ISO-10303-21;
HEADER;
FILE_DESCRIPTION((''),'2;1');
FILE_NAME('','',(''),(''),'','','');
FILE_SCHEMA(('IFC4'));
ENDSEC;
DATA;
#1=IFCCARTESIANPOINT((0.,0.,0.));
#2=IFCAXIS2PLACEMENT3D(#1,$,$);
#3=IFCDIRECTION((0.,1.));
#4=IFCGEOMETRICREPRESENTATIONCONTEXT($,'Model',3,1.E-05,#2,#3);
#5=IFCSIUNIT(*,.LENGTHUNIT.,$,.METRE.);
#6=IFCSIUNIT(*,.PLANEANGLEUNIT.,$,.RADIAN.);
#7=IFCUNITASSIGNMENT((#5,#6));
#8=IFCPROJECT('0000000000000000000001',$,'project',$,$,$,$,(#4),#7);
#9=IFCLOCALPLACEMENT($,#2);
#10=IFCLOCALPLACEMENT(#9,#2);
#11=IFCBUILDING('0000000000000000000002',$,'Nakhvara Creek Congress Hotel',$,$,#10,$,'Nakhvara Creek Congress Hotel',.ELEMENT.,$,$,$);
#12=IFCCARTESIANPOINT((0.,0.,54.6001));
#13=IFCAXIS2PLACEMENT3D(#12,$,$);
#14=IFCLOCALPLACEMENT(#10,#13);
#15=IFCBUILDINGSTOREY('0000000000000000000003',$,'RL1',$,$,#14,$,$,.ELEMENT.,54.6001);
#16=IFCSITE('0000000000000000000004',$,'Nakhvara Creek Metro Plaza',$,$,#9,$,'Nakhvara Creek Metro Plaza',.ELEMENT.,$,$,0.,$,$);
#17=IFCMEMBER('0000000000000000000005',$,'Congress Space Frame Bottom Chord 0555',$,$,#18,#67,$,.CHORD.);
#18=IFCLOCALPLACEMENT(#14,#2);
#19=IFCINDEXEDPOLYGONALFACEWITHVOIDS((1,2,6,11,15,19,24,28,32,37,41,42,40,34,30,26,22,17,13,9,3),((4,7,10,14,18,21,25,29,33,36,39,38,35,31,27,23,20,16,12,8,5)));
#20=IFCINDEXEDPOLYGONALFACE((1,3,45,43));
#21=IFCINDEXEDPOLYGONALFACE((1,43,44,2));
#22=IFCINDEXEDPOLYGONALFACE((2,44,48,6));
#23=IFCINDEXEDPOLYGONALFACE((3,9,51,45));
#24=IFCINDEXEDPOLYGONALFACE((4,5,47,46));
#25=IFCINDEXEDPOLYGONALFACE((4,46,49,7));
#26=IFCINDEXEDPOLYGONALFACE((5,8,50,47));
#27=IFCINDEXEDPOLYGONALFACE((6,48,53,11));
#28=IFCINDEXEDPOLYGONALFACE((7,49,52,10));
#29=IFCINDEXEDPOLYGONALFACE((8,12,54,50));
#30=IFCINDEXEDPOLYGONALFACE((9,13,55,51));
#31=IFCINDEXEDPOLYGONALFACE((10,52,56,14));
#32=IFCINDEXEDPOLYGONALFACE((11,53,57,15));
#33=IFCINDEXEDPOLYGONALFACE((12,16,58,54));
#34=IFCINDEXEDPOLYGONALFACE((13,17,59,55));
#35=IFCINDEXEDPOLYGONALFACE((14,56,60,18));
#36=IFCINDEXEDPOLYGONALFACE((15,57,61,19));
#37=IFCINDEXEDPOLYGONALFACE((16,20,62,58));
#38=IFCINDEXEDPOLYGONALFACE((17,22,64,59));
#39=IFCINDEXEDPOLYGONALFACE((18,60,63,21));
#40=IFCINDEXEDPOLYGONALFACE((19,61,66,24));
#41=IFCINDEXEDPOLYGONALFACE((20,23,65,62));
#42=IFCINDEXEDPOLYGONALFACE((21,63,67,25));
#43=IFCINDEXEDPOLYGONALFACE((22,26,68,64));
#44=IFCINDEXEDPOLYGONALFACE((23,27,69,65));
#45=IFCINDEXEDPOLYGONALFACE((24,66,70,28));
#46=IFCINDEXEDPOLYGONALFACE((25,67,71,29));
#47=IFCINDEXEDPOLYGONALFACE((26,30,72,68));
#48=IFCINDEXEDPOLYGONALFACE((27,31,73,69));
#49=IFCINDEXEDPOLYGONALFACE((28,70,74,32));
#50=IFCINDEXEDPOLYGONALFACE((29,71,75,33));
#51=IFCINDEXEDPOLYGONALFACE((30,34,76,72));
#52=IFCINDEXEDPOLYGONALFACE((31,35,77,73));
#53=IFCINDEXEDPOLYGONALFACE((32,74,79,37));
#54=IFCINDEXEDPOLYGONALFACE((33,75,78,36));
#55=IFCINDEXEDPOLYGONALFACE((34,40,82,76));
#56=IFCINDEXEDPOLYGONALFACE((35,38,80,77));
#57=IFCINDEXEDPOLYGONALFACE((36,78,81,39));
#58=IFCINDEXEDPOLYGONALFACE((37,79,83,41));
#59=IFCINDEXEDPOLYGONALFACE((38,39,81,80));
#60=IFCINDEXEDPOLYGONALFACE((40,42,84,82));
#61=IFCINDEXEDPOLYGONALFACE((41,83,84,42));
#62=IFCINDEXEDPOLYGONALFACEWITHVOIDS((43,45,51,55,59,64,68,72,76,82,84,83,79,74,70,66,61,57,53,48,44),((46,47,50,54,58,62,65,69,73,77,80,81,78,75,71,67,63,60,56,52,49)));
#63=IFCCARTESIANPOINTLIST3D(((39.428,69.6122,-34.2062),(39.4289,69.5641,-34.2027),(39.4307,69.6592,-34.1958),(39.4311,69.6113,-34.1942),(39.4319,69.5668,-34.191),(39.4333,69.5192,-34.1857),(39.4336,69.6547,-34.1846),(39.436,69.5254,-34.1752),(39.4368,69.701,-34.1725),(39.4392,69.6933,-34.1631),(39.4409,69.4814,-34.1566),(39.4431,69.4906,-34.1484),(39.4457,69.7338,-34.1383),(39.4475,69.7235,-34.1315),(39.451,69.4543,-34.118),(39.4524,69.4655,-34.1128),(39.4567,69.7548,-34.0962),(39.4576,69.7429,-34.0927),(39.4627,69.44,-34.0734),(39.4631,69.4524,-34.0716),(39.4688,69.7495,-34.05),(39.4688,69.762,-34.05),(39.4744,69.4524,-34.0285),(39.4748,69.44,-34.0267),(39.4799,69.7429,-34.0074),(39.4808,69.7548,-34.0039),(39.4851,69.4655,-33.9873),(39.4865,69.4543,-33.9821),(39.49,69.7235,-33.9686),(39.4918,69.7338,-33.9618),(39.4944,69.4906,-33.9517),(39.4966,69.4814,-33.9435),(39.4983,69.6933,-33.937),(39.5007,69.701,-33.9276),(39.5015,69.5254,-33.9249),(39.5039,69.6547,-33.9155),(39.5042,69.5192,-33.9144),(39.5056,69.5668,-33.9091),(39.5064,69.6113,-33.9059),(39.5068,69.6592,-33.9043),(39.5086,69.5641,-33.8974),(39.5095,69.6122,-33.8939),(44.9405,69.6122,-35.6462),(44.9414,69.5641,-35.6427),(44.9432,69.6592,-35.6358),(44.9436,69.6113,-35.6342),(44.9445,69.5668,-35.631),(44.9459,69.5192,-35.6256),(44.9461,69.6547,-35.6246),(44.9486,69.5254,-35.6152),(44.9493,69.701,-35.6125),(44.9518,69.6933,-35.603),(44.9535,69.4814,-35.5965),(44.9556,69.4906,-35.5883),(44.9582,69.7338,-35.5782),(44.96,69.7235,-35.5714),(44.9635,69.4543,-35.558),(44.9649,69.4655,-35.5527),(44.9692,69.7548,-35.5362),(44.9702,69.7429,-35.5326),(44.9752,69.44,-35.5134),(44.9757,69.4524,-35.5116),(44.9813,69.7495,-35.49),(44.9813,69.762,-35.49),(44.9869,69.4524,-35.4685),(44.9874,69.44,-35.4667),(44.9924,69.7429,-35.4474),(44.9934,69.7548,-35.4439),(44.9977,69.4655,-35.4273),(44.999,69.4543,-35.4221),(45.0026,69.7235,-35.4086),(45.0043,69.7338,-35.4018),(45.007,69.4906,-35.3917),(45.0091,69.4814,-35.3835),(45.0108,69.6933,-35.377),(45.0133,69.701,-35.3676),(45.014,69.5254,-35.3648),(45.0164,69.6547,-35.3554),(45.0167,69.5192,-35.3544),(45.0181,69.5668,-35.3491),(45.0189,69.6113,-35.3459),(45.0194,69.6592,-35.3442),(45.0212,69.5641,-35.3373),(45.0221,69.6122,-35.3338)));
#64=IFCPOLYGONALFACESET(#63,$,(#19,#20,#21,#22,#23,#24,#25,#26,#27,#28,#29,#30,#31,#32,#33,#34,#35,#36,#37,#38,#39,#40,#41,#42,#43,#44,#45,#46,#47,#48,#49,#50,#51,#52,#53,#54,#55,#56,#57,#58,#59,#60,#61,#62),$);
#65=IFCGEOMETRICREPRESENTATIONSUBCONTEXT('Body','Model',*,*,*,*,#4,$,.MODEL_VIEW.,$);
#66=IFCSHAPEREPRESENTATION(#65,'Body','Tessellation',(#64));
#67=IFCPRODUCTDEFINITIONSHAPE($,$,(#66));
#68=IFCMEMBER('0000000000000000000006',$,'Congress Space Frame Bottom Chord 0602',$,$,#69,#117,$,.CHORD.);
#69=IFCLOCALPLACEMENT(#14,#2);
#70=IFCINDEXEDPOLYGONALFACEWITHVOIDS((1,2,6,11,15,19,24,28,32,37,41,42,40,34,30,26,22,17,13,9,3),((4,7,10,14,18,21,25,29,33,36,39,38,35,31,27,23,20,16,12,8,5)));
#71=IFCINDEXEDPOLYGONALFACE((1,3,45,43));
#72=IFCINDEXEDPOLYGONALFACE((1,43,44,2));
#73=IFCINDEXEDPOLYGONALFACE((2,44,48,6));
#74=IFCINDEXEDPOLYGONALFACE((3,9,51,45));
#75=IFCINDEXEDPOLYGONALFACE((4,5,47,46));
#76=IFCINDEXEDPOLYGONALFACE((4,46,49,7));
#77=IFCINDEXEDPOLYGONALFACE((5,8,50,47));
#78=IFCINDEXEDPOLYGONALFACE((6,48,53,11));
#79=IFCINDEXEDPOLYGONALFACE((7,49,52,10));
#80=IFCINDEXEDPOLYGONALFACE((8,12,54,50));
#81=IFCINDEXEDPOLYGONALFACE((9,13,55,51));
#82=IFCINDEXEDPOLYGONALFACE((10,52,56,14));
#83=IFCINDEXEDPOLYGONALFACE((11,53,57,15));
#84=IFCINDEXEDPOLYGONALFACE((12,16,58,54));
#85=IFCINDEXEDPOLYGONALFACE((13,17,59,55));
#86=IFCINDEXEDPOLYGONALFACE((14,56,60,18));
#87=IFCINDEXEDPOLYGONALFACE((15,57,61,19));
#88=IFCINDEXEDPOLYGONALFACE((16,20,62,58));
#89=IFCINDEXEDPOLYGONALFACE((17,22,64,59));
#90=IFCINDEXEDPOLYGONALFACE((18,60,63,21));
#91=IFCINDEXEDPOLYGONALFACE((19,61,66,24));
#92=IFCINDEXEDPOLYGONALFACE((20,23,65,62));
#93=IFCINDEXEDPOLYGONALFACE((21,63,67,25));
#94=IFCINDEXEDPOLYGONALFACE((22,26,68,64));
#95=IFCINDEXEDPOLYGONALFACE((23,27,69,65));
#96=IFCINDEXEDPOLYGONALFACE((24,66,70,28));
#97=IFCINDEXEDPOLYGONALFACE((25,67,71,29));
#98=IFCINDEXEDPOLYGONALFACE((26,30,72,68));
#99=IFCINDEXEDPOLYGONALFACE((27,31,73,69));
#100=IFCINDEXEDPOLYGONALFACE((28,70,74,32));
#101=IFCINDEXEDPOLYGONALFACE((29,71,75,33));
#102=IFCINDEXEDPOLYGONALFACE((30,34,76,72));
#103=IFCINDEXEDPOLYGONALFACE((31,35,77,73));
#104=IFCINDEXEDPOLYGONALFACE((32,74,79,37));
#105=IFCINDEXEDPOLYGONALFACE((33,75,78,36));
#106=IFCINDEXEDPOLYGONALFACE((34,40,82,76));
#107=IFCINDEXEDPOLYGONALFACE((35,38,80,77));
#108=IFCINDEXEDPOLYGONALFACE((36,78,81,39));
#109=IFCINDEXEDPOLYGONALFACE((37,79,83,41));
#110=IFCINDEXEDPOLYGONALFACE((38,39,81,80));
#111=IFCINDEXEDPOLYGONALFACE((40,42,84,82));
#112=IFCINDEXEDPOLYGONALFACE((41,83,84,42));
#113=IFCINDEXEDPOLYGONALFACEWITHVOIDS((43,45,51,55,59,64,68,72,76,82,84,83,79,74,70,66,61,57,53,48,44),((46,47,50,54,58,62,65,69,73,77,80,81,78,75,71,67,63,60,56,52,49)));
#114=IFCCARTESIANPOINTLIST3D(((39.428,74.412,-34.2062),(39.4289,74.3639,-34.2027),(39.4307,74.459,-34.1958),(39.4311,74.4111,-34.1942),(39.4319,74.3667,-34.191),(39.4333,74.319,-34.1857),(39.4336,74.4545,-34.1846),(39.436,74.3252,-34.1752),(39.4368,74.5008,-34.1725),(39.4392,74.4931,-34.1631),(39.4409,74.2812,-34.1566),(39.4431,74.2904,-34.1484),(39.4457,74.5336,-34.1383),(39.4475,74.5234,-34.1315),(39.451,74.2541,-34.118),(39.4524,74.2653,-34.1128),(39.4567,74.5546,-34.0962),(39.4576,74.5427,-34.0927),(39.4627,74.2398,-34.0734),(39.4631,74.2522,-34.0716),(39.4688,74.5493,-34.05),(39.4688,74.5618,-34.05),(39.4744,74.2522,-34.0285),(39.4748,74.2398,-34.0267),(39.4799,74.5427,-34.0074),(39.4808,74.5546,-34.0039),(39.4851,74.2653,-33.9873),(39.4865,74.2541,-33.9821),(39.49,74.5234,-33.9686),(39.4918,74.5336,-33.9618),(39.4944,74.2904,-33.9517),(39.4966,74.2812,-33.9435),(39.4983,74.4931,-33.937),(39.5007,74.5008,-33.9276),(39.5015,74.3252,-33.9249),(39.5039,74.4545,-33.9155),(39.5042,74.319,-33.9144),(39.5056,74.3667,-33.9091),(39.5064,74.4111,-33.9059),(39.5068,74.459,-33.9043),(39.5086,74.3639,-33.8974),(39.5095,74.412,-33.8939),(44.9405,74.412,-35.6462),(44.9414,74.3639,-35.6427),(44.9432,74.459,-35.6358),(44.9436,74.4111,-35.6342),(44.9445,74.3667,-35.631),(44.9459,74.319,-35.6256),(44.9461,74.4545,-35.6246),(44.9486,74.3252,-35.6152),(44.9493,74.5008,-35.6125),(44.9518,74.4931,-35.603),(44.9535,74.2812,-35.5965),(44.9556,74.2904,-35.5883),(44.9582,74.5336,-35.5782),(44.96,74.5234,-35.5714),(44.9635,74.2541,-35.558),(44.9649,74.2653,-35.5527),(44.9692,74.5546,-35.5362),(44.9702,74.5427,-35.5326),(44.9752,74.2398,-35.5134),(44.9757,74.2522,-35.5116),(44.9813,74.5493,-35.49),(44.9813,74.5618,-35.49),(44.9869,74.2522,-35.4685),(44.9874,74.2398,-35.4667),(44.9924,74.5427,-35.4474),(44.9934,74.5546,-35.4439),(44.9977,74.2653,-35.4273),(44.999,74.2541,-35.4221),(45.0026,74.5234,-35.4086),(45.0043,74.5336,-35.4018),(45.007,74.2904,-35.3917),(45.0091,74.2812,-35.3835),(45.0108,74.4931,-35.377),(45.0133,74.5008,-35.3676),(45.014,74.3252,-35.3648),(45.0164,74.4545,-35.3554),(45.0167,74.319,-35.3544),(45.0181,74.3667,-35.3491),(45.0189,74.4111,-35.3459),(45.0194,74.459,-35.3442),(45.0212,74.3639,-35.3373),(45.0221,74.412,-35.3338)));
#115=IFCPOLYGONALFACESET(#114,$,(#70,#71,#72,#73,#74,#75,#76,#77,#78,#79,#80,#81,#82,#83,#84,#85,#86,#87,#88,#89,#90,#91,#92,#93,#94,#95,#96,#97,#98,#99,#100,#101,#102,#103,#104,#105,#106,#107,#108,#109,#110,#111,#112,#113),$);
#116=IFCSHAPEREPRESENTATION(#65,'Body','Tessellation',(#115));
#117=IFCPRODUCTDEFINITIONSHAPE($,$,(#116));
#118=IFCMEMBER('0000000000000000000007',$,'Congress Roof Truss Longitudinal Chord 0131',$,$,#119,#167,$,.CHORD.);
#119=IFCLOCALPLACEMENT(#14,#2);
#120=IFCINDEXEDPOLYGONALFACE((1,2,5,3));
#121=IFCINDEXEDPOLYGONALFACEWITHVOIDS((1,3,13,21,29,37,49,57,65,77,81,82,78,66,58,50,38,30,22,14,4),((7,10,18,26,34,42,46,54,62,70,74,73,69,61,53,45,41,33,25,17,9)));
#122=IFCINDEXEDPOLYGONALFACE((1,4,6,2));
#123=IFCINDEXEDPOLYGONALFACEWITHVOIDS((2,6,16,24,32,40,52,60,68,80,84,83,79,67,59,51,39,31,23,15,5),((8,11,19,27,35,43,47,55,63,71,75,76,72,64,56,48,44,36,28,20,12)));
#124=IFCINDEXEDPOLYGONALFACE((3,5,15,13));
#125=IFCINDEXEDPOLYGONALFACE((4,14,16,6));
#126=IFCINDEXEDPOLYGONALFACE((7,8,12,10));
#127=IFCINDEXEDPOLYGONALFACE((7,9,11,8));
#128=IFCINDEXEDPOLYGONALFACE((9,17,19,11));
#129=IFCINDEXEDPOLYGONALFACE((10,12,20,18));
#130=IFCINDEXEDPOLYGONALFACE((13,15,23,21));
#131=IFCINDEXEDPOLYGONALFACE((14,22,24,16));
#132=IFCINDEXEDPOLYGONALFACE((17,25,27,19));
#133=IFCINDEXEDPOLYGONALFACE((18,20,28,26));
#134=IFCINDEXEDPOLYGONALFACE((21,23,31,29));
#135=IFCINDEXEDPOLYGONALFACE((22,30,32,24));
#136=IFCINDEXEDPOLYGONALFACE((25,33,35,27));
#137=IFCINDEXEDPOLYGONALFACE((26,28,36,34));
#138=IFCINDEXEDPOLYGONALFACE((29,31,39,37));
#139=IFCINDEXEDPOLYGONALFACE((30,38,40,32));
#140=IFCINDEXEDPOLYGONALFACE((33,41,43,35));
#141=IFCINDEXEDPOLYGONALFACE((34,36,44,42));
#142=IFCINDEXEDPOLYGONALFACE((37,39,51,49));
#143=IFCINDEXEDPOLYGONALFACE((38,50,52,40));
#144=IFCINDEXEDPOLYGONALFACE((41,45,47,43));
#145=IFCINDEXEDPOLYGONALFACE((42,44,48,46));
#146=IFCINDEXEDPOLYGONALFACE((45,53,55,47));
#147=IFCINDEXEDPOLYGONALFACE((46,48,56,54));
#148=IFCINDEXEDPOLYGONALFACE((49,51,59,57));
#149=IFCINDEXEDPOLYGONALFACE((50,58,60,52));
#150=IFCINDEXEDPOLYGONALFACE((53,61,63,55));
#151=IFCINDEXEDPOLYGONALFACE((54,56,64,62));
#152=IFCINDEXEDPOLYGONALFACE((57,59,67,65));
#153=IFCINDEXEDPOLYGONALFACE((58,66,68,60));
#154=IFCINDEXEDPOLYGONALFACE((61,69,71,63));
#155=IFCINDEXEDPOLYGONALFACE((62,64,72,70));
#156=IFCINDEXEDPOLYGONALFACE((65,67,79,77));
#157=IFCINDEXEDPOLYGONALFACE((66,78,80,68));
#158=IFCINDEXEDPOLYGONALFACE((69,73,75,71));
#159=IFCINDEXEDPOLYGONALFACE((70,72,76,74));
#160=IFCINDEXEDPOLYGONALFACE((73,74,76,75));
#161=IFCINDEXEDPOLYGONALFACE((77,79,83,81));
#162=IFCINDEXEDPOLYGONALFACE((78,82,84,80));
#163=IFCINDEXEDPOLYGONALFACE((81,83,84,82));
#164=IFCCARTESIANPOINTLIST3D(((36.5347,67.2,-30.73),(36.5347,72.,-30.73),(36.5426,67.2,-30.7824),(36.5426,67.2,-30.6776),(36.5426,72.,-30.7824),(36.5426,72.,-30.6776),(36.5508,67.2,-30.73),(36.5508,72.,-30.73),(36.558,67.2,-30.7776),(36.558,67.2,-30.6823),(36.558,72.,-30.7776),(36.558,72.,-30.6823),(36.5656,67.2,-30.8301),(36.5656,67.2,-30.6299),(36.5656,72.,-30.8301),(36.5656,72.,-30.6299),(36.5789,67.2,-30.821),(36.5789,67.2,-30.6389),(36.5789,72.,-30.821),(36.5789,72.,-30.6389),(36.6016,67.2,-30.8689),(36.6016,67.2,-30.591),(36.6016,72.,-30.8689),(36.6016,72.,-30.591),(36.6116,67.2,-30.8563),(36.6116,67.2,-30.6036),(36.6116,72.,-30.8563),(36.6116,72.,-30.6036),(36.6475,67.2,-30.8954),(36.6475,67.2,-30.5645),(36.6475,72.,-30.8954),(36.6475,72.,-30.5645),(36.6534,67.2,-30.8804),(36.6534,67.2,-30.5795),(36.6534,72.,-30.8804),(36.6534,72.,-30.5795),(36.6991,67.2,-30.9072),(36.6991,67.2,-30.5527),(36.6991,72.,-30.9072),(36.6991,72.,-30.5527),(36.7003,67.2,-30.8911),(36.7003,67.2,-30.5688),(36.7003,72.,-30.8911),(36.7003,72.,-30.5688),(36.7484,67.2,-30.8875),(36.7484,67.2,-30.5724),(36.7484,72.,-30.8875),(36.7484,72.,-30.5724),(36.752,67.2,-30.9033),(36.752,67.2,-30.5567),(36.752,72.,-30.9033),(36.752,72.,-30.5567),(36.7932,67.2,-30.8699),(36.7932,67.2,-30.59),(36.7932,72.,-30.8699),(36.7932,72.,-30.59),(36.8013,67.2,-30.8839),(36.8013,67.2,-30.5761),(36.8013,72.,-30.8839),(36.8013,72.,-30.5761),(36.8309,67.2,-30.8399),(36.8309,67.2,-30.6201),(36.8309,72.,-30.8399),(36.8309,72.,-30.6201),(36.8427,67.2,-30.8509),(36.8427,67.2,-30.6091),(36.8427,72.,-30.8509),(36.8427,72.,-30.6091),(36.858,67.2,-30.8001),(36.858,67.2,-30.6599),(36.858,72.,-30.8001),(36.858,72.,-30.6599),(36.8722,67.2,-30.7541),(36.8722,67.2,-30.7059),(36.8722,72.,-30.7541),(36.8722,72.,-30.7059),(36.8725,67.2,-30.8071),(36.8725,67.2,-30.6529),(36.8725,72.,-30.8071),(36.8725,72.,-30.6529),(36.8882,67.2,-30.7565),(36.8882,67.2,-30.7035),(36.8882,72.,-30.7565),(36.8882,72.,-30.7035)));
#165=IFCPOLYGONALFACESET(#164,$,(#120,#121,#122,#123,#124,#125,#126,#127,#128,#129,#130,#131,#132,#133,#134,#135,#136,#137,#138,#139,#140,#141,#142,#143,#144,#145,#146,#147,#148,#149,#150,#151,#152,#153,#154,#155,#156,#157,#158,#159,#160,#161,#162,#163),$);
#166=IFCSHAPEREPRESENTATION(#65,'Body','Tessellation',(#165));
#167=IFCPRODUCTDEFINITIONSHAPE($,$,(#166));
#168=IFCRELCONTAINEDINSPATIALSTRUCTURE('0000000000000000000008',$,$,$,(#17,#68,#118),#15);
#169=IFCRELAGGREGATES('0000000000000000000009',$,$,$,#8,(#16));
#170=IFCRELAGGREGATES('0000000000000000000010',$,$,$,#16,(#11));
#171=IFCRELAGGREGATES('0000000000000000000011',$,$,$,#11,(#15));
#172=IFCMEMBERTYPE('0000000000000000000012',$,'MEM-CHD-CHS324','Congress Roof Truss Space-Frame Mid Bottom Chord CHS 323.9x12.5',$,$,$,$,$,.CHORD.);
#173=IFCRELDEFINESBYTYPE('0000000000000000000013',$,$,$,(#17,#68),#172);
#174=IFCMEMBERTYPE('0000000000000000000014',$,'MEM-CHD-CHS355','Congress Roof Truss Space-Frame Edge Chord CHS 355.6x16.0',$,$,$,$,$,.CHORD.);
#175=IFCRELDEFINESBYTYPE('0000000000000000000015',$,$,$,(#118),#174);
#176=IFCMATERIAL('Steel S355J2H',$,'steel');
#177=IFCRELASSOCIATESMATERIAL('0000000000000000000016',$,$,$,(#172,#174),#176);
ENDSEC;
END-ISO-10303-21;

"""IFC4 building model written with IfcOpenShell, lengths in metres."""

from ifc_helpers import new_model, si_unit, direction, frame, origin, origin_2d, place, context, subcontext, project, spatial, hollow_circle, extrude, material, material_profile, profile_set, type_object, element, save


model = new_model("IFC4")

# Units and contexts
model_context = context("Model", 3, precision=1e-05, world=origin(), true_north=direction((0.0, 1.0)))
body_context = subcontext(model_context, "Body", "Model", "MODEL_VIEW")
ifc_project = project(units=[si_unit("LENGTHUNIT", "METRE"), si_unit("PLANEANGLEUNIT", "RADIAN")], contexts=[model_context])

# Site, building, storey
site_placement = place(None, origin())
site = spatial("IfcSite", under=ifc_project, at=site_placement, Name="Nakhvara Creek Metro Plaza", LongName="Nakhvara Creek Metro Plaza", CompositionType="ELEMENT", RefElevation=0.0)
building_placement = place(site_placement, origin())
building = spatial("IfcBuilding", under=site, at=building_placement, Name="Nakhvara Creek Congress Hotel", LongName="Nakhvara Creek Congress Hotel", CompositionType="ELEMENT")
storey_placement = place(building_placement, frame((0.0, 0.0, 54.6001)))
storey = spatial("IfcBuildingStorey", under=building, at=storey_placement, Name="RL1", CompositionType="ELEMENT", Elevation=54.6001)

# Members
ifc_material_1 = material(Name="Steel S355J2H", Category="steel")
ifc_material_profile_1 = material_profile(ifc_material_1, hollow_circle(Radius=0.1619, WallThickness=0.0125, at=origin_2d()), Name="CHS 323.9x12.5", Category="LoadBearing")
ifc_profile_set_1 = profile_set([ifc_material_profile_1], Name="Steel S355J2H")
member_type_1 = type_object("IfcMemberType", Name="MEM-CHD-CHS324", Description="Congress Roof Truss Space-Frame Mid Bottom Chord CHS 323.9x12.5", PredefinedType="CHORD", material=ifc_profile_set_1)
for number, where, z_axis, x_axis, name in (
    (1, (39.4688, 69.6001, -34.05), (0.967535, 0.0, -0.252736), (0.0, 1.0, 0.0), "Congress Space Frame Bottom Chord 0555"),
    (2, (39.4688, 74.3999, -34.05), (0.967535, 0.0, -0.252736), (0.0, 1.0, 0.0), "Congress Space Frame Bottom Chord 0602"),
):
    element("IfcMember", number, at=place(storey_placement, frame(where, z_axis=z_axis, x_axis=x_axis)), inside=storey, type_object=member_type_1, Name=name, PredefinedType="CHORD", context=body_context, shape_type="SweptSolid", body=[
        extrude(hollow_circle(Radius=0.1619, WallThickness=0.0125, at=origin_2d()), origin(), (0.0, 0.0, 1.0), 5.6975),
    ])
ifc_material_profile_2 = material_profile(ifc_material_1, hollow_circle(Radius=0.1777, WallThickness=0.0161, at=origin_2d()), Name="CHS 355.6x16.0", Category="LoadBearing")
ifc_profile_set_2 = profile_set([ifc_material_profile_2], Name="Steel S355J2H")
member_type_2 = type_object("IfcMemberType", Name="MEM-CHD-CHS355", Description="Congress Roof Truss Space-Frame Edge Chord CHS 355.6x16.0", PredefinedType="CHORD", material=ifc_profile_set_2)
for number, where, z_axis, x_axis, name in (
    (3, (36.7124, 67.2, -30.73), (0.0, 1.0, 0.0), (-1.0, 0.0, 0.0), "Congress Roof Truss Longitudinal Chord 0131"),
):
    element("IfcMember", number, at=place(storey_placement, frame(where, z_axis=z_axis, x_axis=x_axis)), inside=storey, type_object=member_type_2, Name=name, PredefinedType="CHORD", context=body_context, shape_type="SweptSolid", body=[
        extrude(hollow_circle(Radius=0.1777, WallThickness=0.0161, at=origin_2d()), origin(), (0.0, 0.0, 1.0), 4.8),
    ])

save(model, "model.ifc")
